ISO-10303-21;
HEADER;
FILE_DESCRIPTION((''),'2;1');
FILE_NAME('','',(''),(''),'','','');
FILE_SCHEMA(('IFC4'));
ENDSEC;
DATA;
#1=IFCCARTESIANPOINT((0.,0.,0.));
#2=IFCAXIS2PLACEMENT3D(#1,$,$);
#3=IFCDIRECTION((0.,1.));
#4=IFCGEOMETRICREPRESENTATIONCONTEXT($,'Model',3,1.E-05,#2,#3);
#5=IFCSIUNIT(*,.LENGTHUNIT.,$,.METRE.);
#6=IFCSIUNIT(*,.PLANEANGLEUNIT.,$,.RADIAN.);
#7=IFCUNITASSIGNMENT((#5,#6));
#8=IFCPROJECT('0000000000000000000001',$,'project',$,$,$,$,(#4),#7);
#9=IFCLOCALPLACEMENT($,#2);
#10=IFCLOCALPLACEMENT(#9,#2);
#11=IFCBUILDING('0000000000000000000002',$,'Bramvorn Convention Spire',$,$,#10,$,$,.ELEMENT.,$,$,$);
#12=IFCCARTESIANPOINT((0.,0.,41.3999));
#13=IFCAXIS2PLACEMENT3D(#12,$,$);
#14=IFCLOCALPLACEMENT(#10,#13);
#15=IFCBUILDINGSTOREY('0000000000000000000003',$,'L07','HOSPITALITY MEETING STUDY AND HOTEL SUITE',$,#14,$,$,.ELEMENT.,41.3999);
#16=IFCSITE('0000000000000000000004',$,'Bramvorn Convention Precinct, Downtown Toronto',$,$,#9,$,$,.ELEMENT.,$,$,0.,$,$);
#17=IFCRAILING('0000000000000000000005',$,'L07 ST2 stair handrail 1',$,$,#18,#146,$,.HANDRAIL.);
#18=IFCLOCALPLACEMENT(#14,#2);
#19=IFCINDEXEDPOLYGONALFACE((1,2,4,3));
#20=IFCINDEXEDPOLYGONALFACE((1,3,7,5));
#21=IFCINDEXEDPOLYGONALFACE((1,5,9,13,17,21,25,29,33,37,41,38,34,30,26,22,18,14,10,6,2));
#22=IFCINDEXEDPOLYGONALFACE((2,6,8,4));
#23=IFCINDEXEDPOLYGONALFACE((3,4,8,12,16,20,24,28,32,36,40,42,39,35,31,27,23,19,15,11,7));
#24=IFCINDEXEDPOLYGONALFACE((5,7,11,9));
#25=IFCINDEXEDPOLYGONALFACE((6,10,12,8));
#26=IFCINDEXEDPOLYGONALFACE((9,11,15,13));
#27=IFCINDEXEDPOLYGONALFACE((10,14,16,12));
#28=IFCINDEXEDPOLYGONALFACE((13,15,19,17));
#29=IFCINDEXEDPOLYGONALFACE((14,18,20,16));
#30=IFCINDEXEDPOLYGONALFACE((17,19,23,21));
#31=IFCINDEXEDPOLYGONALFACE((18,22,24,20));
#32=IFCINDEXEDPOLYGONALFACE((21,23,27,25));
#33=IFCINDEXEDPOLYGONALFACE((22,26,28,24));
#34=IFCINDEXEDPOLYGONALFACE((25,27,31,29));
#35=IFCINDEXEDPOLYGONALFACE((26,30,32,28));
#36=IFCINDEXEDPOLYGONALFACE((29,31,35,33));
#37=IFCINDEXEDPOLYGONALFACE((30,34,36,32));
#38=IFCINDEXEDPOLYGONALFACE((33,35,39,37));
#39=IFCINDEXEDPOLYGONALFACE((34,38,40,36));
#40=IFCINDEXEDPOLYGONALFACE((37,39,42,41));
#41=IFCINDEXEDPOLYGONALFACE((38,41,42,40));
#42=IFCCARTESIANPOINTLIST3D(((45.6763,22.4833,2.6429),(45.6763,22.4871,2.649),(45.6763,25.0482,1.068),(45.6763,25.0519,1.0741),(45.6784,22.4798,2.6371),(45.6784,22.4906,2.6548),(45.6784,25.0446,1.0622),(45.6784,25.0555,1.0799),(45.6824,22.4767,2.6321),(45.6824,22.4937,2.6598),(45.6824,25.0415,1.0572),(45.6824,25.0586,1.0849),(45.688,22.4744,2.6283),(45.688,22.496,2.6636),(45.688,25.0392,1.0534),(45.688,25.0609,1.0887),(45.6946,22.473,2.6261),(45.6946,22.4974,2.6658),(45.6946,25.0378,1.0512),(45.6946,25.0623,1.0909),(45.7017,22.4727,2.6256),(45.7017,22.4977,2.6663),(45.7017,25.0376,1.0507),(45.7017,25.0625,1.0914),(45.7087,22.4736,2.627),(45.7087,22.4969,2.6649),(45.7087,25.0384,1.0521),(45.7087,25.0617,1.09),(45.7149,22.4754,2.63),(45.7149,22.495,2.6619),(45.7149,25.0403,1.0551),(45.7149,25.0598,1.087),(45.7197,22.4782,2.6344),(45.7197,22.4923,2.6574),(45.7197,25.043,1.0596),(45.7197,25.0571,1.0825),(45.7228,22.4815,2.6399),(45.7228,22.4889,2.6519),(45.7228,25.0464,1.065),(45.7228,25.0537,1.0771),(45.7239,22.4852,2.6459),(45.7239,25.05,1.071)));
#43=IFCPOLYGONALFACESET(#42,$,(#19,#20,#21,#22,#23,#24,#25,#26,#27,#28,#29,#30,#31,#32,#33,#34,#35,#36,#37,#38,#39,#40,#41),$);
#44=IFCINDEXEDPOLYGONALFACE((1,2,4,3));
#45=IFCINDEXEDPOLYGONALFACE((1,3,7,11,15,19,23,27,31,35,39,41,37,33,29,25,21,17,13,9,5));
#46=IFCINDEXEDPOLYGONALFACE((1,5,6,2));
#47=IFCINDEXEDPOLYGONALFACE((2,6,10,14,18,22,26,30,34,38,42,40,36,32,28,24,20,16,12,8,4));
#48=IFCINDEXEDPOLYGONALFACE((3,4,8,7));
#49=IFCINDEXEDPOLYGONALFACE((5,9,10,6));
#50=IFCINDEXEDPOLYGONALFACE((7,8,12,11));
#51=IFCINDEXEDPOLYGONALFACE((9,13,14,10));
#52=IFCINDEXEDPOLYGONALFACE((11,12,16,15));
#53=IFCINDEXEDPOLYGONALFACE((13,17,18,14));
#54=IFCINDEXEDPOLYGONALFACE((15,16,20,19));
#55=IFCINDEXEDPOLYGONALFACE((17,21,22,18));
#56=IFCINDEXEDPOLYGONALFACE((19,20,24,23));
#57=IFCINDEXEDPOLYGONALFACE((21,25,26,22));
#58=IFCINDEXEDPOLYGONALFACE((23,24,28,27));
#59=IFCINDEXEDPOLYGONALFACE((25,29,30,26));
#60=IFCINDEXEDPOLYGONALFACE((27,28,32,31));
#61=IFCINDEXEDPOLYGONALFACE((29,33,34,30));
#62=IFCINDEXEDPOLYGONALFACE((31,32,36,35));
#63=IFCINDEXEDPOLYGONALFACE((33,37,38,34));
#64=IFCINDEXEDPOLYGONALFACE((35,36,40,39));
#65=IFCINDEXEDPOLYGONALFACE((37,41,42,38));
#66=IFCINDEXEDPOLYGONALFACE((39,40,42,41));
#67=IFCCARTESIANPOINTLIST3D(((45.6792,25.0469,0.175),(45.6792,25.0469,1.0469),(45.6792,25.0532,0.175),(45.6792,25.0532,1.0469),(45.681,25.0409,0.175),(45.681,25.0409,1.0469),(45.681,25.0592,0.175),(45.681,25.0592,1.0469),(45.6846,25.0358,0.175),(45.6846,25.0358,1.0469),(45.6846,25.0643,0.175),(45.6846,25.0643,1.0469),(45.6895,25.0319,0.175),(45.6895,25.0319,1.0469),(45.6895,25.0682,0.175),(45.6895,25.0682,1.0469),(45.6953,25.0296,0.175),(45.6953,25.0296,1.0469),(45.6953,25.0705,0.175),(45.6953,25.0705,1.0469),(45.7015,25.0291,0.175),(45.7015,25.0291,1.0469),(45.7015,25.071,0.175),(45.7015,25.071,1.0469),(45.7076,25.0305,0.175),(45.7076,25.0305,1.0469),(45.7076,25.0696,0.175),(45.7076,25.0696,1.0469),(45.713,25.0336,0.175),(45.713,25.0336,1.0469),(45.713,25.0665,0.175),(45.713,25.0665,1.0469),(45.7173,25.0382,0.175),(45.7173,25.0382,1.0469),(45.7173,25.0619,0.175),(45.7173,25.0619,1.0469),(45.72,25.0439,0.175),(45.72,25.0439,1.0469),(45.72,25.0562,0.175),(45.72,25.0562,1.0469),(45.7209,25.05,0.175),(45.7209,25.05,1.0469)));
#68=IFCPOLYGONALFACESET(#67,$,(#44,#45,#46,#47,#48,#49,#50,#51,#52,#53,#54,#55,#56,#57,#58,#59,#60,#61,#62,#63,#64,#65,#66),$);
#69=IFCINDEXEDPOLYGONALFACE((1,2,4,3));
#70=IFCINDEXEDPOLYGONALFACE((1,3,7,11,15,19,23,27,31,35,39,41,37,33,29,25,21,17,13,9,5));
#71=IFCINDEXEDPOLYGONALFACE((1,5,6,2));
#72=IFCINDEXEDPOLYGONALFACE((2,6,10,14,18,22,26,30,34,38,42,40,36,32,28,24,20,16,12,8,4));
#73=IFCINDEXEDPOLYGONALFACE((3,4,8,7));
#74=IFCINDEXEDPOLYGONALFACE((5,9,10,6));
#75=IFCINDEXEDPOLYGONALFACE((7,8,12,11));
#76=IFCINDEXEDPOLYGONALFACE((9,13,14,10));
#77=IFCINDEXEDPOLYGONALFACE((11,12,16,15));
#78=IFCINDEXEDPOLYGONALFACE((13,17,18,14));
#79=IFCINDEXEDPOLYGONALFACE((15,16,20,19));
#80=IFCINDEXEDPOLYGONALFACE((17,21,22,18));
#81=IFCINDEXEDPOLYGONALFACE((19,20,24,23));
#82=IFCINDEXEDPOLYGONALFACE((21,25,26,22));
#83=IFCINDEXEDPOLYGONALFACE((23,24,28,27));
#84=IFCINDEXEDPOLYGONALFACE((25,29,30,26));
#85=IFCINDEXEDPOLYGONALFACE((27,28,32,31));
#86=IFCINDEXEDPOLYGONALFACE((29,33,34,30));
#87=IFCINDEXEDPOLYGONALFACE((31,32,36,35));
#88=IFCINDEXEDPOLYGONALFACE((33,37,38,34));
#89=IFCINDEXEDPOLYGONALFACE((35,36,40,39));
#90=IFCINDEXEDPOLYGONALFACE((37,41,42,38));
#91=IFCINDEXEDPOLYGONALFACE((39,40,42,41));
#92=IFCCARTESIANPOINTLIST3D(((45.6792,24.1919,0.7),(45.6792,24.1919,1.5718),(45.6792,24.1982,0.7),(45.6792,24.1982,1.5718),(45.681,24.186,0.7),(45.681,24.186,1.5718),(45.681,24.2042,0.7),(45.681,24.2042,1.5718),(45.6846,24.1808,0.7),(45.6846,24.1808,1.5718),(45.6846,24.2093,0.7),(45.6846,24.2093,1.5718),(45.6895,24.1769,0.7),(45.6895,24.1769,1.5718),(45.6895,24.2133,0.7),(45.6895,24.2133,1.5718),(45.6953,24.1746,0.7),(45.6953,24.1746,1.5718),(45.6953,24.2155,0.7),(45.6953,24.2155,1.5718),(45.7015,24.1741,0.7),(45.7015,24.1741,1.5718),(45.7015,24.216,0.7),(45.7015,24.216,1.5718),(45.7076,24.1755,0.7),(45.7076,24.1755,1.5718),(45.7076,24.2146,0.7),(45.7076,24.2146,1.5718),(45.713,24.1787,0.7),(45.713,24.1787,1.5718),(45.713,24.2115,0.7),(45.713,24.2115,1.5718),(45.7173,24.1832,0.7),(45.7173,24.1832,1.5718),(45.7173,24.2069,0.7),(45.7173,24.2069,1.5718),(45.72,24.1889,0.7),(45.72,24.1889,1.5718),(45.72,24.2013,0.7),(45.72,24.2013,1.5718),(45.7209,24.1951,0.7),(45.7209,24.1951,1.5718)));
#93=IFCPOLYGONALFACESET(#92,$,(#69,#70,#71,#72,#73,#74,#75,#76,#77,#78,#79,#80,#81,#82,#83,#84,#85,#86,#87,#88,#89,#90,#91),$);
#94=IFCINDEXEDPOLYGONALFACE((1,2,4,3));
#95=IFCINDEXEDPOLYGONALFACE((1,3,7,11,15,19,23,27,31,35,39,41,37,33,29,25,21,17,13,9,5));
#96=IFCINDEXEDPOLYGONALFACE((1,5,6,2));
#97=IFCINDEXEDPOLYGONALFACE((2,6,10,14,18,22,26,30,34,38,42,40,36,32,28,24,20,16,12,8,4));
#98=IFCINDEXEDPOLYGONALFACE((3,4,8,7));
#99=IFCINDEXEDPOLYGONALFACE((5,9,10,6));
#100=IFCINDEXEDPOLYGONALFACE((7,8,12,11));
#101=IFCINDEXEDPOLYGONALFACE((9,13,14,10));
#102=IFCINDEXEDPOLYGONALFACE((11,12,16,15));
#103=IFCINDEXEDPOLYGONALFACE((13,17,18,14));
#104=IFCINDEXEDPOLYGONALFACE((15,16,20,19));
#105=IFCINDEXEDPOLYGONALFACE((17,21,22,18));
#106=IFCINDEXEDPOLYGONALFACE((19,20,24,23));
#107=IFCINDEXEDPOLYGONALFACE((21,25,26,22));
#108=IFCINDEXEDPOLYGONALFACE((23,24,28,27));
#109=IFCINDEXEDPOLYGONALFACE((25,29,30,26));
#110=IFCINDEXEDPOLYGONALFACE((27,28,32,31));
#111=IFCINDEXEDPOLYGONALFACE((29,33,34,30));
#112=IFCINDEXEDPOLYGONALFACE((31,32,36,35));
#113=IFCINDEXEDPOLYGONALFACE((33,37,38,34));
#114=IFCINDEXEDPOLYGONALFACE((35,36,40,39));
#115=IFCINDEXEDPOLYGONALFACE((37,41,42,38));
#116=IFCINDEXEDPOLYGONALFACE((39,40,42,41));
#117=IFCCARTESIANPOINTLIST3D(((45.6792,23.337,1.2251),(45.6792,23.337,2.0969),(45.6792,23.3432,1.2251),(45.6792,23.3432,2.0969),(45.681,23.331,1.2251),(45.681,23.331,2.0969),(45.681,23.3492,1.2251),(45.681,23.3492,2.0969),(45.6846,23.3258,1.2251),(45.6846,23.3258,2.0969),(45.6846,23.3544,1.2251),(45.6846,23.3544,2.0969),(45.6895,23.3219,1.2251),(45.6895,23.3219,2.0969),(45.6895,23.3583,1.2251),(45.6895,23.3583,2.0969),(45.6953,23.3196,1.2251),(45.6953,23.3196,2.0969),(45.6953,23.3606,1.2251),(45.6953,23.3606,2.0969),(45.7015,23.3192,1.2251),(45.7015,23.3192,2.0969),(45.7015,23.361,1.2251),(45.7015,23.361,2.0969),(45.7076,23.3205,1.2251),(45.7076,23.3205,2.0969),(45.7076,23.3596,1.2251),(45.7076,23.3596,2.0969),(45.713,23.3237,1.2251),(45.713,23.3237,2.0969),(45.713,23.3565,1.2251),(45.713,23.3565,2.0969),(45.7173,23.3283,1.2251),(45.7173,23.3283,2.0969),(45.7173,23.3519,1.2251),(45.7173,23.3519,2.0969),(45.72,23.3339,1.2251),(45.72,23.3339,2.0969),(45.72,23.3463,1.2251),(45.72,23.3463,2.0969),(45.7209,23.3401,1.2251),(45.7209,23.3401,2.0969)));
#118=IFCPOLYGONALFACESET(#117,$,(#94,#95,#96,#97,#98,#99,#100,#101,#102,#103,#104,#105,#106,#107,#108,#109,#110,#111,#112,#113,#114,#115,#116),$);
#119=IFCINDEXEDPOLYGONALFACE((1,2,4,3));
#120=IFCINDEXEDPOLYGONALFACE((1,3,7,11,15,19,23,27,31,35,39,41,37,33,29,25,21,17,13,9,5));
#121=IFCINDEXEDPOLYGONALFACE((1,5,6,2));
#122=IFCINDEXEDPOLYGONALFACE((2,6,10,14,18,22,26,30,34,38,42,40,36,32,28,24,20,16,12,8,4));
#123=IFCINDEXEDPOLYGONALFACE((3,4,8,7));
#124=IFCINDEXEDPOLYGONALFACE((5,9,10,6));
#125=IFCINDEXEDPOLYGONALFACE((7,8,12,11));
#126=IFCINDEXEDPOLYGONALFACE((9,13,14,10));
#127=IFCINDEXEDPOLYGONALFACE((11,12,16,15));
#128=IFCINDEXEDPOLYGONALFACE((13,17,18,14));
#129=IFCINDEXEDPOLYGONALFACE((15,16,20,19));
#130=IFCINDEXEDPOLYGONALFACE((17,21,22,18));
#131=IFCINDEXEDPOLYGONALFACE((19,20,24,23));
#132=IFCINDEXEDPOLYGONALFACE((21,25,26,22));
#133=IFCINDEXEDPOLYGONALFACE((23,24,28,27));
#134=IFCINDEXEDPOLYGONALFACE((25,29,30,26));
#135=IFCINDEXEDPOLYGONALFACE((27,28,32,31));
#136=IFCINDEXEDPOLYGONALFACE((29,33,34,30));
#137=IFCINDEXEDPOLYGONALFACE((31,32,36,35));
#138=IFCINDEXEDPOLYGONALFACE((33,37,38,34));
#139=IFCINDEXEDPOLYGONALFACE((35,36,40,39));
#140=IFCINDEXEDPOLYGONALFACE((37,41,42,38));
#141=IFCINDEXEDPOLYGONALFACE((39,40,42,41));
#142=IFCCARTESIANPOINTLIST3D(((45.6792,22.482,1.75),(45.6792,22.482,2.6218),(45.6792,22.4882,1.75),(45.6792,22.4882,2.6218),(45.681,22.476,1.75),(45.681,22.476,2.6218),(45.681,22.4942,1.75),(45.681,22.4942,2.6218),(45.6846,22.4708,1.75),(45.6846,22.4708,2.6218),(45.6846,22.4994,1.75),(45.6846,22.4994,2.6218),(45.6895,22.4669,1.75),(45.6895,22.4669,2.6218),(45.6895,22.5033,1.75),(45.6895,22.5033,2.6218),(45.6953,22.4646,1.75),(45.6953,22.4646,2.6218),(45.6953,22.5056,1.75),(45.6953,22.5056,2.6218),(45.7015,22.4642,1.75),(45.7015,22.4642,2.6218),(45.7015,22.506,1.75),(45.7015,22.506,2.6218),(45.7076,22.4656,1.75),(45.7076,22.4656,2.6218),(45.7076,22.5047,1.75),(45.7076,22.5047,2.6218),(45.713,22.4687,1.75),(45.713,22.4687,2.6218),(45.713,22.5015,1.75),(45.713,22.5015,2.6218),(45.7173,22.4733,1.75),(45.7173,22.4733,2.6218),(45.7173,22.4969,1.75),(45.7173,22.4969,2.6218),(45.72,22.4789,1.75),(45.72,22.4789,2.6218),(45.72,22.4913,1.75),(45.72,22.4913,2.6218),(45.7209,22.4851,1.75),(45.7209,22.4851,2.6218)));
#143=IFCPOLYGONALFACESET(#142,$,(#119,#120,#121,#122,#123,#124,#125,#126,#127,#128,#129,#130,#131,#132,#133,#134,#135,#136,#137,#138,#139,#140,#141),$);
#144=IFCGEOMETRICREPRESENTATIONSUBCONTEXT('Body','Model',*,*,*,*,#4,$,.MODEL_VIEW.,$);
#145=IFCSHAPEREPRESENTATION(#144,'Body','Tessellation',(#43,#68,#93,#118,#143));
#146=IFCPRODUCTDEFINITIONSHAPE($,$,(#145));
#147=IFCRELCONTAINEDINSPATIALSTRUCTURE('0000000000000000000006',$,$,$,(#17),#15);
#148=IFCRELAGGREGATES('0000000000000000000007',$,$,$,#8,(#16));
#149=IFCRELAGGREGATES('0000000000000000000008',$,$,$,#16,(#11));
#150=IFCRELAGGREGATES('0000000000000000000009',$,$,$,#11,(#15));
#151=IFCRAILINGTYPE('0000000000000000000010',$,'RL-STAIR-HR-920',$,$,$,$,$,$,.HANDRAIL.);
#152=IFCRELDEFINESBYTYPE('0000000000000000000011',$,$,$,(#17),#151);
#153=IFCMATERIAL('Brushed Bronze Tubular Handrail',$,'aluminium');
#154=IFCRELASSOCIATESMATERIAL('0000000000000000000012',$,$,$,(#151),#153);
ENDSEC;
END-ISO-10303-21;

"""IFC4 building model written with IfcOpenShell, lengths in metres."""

from ifc_helpers import new_model, si_unit, direction, frame, origin, origin_2d, place, context, subcontext, project, spatial, circle, extrude, material, type_object, element, save


model = new_model("IFC4")

# Units and contexts
model_context = context("Model", 3, precision=1e-05, world=origin(), true_north=direction((0.0, 1.0)))
body_context = subcontext(model_context, "Body", "Model", "MODEL_VIEW")
ifc_project = project(units=[si_unit("LENGTHUNIT", "METRE"), si_unit("PLANEANGLEUNIT", "RADIAN")], contexts=[model_context])

# Site, building, storey
site_placement = place(None, origin())
site = spatial("IfcSite", under=ifc_project, at=site_placement, Name="Bramvorn Convention Precinct, Downtown Toronto", CompositionType="ELEMENT", RefElevation=0.0)
building_placement = place(site_placement, origin())
building = spatial("IfcBuilding", under=site, at=building_placement, Name="Bramvorn Convention Spire", CompositionType="ELEMENT")
storey_placement = place(building_placement, frame((0.0, 0.0, 41.3999)))
storey = spatial("IfcBuildingStorey", under=building, at=storey_placement, Name="L07", Description="HOSPITALITY MEETING STUDY AND HOTEL SUITE", CompositionType="ELEMENT", Elevation=41.3999)

# Railing
ifc_material_1 = material(Name="Brushed Bronze Tubular Handrail", Category="aluminium")
railing_type_1 = type_object("IfcRailingType", Name="RL-STAIR-HR-920", PredefinedType="HANDRAIL", material=ifc_material_1)
railing_1_placement = place(storey_placement, frame((45.7, 25.05, 0.175)))
element("IfcRailing", 1, at=railing_1_placement, inside=storey, type_object=railing_type_1, Name="L07 ST2 stair handrail 1", PredefinedType="HANDRAIL", context=body_context, shape_type="SweptSolid", body=[
    extrude(circle(Radius=0.0239, at=origin_2d()), frame((0.0, 0.0, 0.896), z_axis=(0.0, -0.852173, 0.52326), x_axis=(1.0, 0.0, 0.0)), (0.0, 0.0, 1.0), 3.0098),
    extrude(circle(Radius=0.021, at=origin_2d()), origin(), (0.0, 0.0, 1.0), 0.8718),
    extrude(circle(Radius=0.021, at=origin_2d()), frame((0.0, -0.855, 0.5249)), (0.0, 0.0, 1.0), 0.8718),
    extrude(circle(Radius=0.021, at=origin_2d()), frame((0.0, -1.71, 1.05)), (0.0, 0.0, 1.0), 0.8718),
    extrude(circle(Radius=0.021, at=origin_2d()), frame((0.0, -2.5649, 1.575)), (0.0, 0.0, 1.0), 0.8718),
])

save(model, "model.ifc")
